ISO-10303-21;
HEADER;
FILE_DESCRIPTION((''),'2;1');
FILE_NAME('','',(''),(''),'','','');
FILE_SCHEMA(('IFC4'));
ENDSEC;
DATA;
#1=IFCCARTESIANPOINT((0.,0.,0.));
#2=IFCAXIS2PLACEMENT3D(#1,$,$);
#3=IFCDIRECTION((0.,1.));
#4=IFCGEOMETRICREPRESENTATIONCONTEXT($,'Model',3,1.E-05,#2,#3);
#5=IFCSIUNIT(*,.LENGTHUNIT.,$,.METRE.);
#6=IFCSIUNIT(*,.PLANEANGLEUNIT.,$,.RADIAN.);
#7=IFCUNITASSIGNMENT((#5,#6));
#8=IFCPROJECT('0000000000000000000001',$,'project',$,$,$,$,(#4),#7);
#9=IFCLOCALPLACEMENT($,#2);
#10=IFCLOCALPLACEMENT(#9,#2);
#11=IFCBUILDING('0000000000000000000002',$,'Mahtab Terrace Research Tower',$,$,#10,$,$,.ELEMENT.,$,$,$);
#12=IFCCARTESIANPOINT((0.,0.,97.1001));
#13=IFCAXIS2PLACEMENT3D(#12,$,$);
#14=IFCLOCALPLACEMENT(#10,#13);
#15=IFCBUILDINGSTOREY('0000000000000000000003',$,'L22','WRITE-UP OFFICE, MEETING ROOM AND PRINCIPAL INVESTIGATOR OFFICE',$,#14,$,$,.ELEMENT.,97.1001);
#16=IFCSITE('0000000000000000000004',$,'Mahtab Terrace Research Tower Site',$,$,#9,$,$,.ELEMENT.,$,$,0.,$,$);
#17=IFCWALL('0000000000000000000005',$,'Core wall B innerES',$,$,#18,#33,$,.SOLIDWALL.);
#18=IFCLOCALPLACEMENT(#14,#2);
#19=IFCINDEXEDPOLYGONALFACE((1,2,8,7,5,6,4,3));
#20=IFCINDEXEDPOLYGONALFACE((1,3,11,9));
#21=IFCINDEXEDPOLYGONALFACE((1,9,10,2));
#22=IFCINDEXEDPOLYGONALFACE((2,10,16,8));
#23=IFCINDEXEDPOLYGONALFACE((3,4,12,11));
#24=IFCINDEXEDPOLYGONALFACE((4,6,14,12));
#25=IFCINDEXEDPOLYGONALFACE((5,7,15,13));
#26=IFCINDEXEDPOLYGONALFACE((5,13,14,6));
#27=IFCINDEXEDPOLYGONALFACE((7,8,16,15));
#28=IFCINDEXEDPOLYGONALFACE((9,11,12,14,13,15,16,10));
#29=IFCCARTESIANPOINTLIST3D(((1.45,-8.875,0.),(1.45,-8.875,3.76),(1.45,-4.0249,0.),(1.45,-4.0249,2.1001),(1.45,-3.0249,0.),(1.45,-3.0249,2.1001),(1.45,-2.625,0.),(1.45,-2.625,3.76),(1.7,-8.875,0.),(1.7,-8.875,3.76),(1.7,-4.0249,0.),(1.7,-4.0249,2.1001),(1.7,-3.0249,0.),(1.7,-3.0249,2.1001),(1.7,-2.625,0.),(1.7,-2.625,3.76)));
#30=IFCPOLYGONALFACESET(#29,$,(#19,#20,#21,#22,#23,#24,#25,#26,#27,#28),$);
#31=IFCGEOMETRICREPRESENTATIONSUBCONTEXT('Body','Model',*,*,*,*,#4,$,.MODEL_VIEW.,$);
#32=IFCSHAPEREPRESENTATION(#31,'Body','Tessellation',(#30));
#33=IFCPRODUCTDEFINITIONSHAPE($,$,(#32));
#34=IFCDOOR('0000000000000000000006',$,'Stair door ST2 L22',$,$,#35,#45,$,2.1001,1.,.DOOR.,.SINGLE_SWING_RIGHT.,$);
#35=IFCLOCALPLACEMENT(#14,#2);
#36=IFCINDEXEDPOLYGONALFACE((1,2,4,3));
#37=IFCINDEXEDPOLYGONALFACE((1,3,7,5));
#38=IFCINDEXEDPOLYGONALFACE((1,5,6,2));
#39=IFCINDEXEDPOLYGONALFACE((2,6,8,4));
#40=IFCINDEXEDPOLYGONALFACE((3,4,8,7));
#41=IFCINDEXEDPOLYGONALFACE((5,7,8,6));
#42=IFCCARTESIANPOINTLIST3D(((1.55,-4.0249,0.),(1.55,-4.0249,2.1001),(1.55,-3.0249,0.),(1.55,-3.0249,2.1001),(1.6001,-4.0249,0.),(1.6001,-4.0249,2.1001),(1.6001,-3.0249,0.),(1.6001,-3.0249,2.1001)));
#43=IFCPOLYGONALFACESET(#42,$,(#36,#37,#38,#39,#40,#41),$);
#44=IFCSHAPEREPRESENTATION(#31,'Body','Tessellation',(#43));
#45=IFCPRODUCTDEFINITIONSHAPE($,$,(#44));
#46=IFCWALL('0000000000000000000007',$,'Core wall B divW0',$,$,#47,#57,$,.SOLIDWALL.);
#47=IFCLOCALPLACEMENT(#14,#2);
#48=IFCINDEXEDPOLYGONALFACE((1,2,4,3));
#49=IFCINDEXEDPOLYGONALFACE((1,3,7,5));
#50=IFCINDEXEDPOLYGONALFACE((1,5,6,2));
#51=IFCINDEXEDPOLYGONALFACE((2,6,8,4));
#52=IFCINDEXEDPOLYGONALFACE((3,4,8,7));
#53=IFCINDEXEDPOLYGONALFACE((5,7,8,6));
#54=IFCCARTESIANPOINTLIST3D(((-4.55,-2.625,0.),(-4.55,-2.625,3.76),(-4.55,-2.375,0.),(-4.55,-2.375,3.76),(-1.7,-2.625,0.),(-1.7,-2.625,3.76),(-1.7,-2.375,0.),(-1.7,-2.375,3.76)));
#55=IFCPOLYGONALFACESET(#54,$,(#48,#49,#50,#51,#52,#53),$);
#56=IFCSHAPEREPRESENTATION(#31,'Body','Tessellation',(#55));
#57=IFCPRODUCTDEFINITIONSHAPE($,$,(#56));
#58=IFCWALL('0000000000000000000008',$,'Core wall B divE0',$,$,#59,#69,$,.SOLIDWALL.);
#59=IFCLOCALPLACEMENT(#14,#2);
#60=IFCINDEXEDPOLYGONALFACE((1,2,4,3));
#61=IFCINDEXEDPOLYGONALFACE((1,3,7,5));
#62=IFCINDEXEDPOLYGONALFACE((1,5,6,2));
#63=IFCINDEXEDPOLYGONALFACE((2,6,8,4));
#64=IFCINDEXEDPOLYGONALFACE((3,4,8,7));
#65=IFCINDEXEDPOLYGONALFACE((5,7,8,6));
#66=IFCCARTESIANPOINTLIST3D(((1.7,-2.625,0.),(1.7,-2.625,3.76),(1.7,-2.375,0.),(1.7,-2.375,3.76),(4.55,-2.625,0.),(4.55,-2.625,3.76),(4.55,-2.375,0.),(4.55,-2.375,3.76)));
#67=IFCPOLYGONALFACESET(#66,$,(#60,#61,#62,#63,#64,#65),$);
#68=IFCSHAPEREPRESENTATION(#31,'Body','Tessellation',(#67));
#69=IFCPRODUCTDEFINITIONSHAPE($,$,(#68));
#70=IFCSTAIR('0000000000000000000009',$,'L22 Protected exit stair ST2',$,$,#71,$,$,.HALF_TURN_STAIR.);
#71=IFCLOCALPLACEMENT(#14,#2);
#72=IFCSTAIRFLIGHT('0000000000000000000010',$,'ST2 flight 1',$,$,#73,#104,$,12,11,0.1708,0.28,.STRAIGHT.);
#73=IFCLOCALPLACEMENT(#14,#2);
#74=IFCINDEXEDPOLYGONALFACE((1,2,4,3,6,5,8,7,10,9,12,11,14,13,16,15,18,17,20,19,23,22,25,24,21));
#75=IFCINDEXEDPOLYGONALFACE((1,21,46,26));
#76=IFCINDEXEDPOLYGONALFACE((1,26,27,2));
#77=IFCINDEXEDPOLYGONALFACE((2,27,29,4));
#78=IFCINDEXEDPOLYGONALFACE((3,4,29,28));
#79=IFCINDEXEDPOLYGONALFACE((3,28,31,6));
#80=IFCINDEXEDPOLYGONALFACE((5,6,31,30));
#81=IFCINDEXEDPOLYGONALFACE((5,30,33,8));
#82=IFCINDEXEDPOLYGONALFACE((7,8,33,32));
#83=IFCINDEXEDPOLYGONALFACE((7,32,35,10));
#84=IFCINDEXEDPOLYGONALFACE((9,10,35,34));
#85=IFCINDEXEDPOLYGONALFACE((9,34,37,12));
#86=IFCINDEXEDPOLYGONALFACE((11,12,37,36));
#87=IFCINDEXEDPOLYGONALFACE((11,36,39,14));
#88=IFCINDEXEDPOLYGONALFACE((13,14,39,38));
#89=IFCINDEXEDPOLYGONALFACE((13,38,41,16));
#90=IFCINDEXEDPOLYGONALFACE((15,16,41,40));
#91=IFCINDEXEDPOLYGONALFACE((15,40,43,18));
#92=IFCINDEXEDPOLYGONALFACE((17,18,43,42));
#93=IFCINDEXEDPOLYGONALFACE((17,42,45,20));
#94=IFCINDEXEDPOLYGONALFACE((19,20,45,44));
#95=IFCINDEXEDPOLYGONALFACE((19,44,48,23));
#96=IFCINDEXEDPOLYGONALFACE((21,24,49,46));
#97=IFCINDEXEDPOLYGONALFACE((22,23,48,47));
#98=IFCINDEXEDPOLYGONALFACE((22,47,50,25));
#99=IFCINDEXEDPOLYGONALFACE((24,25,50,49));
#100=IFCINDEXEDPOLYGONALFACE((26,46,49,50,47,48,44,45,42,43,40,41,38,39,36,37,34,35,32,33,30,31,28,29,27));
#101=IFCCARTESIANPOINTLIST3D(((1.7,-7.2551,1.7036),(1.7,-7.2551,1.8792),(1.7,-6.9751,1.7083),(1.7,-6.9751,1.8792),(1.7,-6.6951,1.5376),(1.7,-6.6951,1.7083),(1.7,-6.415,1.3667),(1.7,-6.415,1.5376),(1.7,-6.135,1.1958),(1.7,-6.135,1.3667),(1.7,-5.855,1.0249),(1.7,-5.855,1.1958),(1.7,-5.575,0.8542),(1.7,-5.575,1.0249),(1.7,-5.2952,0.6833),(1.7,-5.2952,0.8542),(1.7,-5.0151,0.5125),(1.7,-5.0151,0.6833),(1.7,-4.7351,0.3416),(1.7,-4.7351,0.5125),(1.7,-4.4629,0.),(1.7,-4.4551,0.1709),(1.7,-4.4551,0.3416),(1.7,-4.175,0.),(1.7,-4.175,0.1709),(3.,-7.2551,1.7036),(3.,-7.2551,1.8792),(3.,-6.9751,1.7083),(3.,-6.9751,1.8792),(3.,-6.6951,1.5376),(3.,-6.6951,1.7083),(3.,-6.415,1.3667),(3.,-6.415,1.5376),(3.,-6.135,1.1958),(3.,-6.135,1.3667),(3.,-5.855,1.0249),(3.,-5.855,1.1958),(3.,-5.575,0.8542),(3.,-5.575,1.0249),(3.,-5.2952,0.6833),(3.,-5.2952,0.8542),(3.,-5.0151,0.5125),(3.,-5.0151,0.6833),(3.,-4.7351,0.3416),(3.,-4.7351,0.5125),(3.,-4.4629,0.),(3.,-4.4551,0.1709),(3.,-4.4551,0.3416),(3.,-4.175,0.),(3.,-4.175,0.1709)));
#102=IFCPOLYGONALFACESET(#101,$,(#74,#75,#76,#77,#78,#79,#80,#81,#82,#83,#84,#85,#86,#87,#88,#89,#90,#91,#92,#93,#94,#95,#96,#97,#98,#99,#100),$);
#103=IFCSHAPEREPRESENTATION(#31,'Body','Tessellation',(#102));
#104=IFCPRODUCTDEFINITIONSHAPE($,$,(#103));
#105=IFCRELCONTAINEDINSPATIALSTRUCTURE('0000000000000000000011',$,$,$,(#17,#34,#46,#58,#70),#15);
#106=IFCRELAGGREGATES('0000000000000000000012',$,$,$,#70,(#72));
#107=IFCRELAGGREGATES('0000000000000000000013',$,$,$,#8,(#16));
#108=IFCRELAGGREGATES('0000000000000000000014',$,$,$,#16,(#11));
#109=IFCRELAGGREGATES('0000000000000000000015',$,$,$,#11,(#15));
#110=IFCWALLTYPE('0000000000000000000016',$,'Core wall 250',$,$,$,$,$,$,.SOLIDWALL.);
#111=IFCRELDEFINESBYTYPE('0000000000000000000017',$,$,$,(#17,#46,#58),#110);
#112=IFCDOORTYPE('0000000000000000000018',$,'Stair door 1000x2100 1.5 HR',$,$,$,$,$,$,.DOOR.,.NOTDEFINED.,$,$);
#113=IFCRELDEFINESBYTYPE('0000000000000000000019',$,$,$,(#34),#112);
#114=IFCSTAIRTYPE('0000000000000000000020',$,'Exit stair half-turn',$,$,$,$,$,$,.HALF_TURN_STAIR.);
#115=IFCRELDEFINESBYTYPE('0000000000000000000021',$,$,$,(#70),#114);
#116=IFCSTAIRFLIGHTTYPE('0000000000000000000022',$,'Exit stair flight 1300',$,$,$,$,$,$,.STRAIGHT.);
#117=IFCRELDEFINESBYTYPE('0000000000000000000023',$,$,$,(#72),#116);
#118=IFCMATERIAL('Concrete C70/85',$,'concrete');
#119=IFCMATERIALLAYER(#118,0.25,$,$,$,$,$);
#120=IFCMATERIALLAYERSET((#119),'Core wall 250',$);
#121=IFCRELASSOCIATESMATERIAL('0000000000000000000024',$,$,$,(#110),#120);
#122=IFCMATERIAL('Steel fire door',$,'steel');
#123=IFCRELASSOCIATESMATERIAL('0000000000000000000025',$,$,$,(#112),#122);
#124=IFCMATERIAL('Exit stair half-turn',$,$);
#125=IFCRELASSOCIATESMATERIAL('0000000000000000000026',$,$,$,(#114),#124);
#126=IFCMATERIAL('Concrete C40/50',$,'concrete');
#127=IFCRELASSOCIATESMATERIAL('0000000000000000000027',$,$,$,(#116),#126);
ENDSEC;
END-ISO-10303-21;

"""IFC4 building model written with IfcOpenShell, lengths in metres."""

from ifc_helpers import new_model, si_unit, direction, frame, frame_2d, origin, place, context, subcontext, project, spatial, polyline, rectangle, outline, extrude, material, layer, layer_set, type_object, element, fill, aggregate, save


model = new_model("IFC4")

# Units and contexts
model_context = context("Model", 3, precision=1e-05, world=origin(), true_north=direction((0.0, 1.0)))
body_context = subcontext(model_context, "Body", "Model", "MODEL_VIEW")
ifc_project = project(units=[si_unit("LENGTHUNIT", "METRE"), si_unit("PLANEANGLEUNIT", "RADIAN")], contexts=[model_context])

# Site, building, storey
site_placement = place(None, origin())
site = spatial("IfcSite", under=ifc_project, at=site_placement, Name="Mahtab Terrace Research Tower Site", CompositionType="ELEMENT", RefElevation=0.0)
building_placement = place(site_placement, origin())
building = spatial("IfcBuilding", under=site, at=building_placement, Name="Mahtab Terrace Research Tower", CompositionType="ELEMENT")
storey_placement = place(building_placement, frame((0.0, 0.0, 97.1001)))
storey = spatial("IfcBuildingStorey", under=building, at=storey_placement, Name="L22", Description="WRITE-UP OFFICE, MEETING ROOM AND PRINCIPAL INVESTIGATOR OFFICE", CompositionType="ELEMENT", Elevation=97.1001)

# Shared definitions
ifc_material_1 = material(Name="Concrete C70/85", Category="concrete")
ifc_layer_1 = layer(ifc_material_1, 0.25)
ifc_layer_set_1 = layer_set([ifc_layer_1], Name="Core wall 250")
wall_type = type_object("IfcWallType", Name="Core wall 250", PredefinedType="SOLIDWALL", material=ifc_layer_set_1)
ifc_material_2 = material(Name="Steel fire door", Category="steel")

# Wall, opening, door
wall_1_placement = place(storey_placement, frame((1.575, -8.875, 0.0), z_axis=(0.0, 0.0, 1.0), x_axis=(0.0, 1.0, 0.0)))
wall_1 = element("IfcWall", 1, at=wall_1_placement, inside=storey, type_object=wall_type, Name="Core wall B innerES", PredefinedType="SOLIDWALL", context=body_context, shape_type="SweptSolid", body=[
    extrude(rectangle(XDim=6.25, YDim=0.25, at=frame_2d((3.125, 0.0))), origin(), (0.0, 0.0, 1.0), 3.76),
])
opening_1_placement = place(wall_1_placement, frame((4.8501, 0.0, 0.0)))
opening_1 = element("IfcOpeningElement", 2, at=opening_1_placement, cuts=wall_1, PredefinedType="OPENING", context=body_context, shape_type="SweptSolid", body=[
    extrude(rectangle(XDim=1.0, YDim=2.1001, at=frame_2d((0.5, 1.05))), frame((0.0, 0.135, 0.0), z_axis=(0.0, -1.0, 0.0), x_axis=(1.0, 0.0, 0.0)), (0.0, 0.0, 1.0), 0.27),
])
door_type_1 = type_object("IfcDoorType", Name="Stair door 1000x2100 1.5 HR", OperationType="NOTDEFINED", PredefinedType="DOOR", material=ifc_material_2)
door_1_placement = place(opening_1_placement, origin())
door_1 = element("IfcDoor", 3, at=door_1_placement, inside=storey, type_object=door_type_1, Name="Stair door ST2 L22", OperationType="SINGLE_SWING_RIGHT", OverallHeight=2.1001, OverallWidth=1.0, PredefinedType="DOOR", context=body_context, shape_type="SweptSolid", body=[
    extrude(rectangle(XDim=1.0, YDim=2.1001, at=frame_2d((0.5, 1.05))), frame((0.0, 0.0249, 0.0), z_axis=(0.0, -1.0, 0.0), x_axis=(1.0, 0.0, 0.0)), (0.0, 0.0, 1.0), 0.05),
])
fill(opening_1, door_1)

# Walls
for number, where, z_axis, x_axis, name in (
    (4, (-4.55, -2.5, 0.0), (0.0, 0.0, 1.0), (1.0, 0.0, 0.0), "Core wall B divW0"),
    (5, (1.7, -2.5, 0.0), (0.0, 0.0, 1.0), (1.0, 0.0, 0.0), "Core wall B divE0"),
):
    element("IfcWall", number, at=place(storey_placement, frame(where, z_axis=z_axis, x_axis=x_axis)), inside=storey, type_object=wall_type, Name=name, PredefinedType="SOLIDWALL", context=body_context, shape_type="SweptSolid", body=[
        extrude(rectangle(XDim=2.8501, YDim=0.25, at=frame_2d((1.425, 0.0))), origin(), (0.0, 0.0, 1.0), 3.76),
    ])

# Stair, stair flight
ifc_material_3 = material(Name="Exit stair half-turn")
stair_type = type_object("IfcStairType", Name="Exit stair half-turn", PredefinedType="HALF_TURN_STAIR", material=ifc_material_3)
stair_placement = place(storey_placement, origin())
stair = element("IfcStair", 6, at=stair_placement, inside=storey, type_object=stair_type, Name="L22 Protected exit stair ST2", PredefinedType="HALF_TURN_STAIR")
ifc_material_4 = material(Name="Concrete C40/50", Category="concrete")
stair_flight_type = type_object("IfcStairFlightType", Name="Exit stair flight 1300", PredefinedType="STRAIGHT", material=ifc_material_4)
stair_flight_placement = place(storey_placement, frame((2.3501, -4.175, 0.0), z_axis=(0.0, 0.0, 1.0), x_axis=(0.0, -1.0, 0.0)))
stair_flight = element("IfcStairFlight", 7, at=stair_flight_placement, type_object=stair_flight_type, Name="ST2 flight 1", NumberOfRisers=12, NumberOfTreads=11, PredefinedType="STRAIGHT", RiserHeight=0.1708, TreadLength=0.28, context=body_context, shape_type="SweptSolid", body=[
    extrude(outline(polyline([(0.0, 0.0), (0.0, 0.1709), (0.28, 0.1709), (0.28, 0.3416), (0.5601, 0.3416), (0.5601, 0.5125), (0.8401, 0.5125), (0.8401, 0.6833), (1.1201, 0.6833), (1.1201, 0.8542), (1.3999, 0.8542), (1.3999, 1.0249), (1.6799, 1.0249), (1.6799, 1.1958), (1.96, 1.1958), (1.96, 1.3667), (2.24, 1.3667), (2.24, 1.5376), (2.52, 1.5376), (2.52, 1.7083), (2.8, 1.7083), (2.8, 1.8792), (3.0801, 1.8792), (3.0801, 2.05), (3.0801, 1.7036), (0.2878, 0.0), (0.0, 0.0)])), frame((0.0, 0.6499, 0.0), z_axis=(0.0, -1.0, 0.0), x_axis=(1.0, 0.0, 0.0)), (0.0, 0.0, 1.0), 1.3),
])
aggregate(stair, [stair_flight])

save(model, "model.ifc")
